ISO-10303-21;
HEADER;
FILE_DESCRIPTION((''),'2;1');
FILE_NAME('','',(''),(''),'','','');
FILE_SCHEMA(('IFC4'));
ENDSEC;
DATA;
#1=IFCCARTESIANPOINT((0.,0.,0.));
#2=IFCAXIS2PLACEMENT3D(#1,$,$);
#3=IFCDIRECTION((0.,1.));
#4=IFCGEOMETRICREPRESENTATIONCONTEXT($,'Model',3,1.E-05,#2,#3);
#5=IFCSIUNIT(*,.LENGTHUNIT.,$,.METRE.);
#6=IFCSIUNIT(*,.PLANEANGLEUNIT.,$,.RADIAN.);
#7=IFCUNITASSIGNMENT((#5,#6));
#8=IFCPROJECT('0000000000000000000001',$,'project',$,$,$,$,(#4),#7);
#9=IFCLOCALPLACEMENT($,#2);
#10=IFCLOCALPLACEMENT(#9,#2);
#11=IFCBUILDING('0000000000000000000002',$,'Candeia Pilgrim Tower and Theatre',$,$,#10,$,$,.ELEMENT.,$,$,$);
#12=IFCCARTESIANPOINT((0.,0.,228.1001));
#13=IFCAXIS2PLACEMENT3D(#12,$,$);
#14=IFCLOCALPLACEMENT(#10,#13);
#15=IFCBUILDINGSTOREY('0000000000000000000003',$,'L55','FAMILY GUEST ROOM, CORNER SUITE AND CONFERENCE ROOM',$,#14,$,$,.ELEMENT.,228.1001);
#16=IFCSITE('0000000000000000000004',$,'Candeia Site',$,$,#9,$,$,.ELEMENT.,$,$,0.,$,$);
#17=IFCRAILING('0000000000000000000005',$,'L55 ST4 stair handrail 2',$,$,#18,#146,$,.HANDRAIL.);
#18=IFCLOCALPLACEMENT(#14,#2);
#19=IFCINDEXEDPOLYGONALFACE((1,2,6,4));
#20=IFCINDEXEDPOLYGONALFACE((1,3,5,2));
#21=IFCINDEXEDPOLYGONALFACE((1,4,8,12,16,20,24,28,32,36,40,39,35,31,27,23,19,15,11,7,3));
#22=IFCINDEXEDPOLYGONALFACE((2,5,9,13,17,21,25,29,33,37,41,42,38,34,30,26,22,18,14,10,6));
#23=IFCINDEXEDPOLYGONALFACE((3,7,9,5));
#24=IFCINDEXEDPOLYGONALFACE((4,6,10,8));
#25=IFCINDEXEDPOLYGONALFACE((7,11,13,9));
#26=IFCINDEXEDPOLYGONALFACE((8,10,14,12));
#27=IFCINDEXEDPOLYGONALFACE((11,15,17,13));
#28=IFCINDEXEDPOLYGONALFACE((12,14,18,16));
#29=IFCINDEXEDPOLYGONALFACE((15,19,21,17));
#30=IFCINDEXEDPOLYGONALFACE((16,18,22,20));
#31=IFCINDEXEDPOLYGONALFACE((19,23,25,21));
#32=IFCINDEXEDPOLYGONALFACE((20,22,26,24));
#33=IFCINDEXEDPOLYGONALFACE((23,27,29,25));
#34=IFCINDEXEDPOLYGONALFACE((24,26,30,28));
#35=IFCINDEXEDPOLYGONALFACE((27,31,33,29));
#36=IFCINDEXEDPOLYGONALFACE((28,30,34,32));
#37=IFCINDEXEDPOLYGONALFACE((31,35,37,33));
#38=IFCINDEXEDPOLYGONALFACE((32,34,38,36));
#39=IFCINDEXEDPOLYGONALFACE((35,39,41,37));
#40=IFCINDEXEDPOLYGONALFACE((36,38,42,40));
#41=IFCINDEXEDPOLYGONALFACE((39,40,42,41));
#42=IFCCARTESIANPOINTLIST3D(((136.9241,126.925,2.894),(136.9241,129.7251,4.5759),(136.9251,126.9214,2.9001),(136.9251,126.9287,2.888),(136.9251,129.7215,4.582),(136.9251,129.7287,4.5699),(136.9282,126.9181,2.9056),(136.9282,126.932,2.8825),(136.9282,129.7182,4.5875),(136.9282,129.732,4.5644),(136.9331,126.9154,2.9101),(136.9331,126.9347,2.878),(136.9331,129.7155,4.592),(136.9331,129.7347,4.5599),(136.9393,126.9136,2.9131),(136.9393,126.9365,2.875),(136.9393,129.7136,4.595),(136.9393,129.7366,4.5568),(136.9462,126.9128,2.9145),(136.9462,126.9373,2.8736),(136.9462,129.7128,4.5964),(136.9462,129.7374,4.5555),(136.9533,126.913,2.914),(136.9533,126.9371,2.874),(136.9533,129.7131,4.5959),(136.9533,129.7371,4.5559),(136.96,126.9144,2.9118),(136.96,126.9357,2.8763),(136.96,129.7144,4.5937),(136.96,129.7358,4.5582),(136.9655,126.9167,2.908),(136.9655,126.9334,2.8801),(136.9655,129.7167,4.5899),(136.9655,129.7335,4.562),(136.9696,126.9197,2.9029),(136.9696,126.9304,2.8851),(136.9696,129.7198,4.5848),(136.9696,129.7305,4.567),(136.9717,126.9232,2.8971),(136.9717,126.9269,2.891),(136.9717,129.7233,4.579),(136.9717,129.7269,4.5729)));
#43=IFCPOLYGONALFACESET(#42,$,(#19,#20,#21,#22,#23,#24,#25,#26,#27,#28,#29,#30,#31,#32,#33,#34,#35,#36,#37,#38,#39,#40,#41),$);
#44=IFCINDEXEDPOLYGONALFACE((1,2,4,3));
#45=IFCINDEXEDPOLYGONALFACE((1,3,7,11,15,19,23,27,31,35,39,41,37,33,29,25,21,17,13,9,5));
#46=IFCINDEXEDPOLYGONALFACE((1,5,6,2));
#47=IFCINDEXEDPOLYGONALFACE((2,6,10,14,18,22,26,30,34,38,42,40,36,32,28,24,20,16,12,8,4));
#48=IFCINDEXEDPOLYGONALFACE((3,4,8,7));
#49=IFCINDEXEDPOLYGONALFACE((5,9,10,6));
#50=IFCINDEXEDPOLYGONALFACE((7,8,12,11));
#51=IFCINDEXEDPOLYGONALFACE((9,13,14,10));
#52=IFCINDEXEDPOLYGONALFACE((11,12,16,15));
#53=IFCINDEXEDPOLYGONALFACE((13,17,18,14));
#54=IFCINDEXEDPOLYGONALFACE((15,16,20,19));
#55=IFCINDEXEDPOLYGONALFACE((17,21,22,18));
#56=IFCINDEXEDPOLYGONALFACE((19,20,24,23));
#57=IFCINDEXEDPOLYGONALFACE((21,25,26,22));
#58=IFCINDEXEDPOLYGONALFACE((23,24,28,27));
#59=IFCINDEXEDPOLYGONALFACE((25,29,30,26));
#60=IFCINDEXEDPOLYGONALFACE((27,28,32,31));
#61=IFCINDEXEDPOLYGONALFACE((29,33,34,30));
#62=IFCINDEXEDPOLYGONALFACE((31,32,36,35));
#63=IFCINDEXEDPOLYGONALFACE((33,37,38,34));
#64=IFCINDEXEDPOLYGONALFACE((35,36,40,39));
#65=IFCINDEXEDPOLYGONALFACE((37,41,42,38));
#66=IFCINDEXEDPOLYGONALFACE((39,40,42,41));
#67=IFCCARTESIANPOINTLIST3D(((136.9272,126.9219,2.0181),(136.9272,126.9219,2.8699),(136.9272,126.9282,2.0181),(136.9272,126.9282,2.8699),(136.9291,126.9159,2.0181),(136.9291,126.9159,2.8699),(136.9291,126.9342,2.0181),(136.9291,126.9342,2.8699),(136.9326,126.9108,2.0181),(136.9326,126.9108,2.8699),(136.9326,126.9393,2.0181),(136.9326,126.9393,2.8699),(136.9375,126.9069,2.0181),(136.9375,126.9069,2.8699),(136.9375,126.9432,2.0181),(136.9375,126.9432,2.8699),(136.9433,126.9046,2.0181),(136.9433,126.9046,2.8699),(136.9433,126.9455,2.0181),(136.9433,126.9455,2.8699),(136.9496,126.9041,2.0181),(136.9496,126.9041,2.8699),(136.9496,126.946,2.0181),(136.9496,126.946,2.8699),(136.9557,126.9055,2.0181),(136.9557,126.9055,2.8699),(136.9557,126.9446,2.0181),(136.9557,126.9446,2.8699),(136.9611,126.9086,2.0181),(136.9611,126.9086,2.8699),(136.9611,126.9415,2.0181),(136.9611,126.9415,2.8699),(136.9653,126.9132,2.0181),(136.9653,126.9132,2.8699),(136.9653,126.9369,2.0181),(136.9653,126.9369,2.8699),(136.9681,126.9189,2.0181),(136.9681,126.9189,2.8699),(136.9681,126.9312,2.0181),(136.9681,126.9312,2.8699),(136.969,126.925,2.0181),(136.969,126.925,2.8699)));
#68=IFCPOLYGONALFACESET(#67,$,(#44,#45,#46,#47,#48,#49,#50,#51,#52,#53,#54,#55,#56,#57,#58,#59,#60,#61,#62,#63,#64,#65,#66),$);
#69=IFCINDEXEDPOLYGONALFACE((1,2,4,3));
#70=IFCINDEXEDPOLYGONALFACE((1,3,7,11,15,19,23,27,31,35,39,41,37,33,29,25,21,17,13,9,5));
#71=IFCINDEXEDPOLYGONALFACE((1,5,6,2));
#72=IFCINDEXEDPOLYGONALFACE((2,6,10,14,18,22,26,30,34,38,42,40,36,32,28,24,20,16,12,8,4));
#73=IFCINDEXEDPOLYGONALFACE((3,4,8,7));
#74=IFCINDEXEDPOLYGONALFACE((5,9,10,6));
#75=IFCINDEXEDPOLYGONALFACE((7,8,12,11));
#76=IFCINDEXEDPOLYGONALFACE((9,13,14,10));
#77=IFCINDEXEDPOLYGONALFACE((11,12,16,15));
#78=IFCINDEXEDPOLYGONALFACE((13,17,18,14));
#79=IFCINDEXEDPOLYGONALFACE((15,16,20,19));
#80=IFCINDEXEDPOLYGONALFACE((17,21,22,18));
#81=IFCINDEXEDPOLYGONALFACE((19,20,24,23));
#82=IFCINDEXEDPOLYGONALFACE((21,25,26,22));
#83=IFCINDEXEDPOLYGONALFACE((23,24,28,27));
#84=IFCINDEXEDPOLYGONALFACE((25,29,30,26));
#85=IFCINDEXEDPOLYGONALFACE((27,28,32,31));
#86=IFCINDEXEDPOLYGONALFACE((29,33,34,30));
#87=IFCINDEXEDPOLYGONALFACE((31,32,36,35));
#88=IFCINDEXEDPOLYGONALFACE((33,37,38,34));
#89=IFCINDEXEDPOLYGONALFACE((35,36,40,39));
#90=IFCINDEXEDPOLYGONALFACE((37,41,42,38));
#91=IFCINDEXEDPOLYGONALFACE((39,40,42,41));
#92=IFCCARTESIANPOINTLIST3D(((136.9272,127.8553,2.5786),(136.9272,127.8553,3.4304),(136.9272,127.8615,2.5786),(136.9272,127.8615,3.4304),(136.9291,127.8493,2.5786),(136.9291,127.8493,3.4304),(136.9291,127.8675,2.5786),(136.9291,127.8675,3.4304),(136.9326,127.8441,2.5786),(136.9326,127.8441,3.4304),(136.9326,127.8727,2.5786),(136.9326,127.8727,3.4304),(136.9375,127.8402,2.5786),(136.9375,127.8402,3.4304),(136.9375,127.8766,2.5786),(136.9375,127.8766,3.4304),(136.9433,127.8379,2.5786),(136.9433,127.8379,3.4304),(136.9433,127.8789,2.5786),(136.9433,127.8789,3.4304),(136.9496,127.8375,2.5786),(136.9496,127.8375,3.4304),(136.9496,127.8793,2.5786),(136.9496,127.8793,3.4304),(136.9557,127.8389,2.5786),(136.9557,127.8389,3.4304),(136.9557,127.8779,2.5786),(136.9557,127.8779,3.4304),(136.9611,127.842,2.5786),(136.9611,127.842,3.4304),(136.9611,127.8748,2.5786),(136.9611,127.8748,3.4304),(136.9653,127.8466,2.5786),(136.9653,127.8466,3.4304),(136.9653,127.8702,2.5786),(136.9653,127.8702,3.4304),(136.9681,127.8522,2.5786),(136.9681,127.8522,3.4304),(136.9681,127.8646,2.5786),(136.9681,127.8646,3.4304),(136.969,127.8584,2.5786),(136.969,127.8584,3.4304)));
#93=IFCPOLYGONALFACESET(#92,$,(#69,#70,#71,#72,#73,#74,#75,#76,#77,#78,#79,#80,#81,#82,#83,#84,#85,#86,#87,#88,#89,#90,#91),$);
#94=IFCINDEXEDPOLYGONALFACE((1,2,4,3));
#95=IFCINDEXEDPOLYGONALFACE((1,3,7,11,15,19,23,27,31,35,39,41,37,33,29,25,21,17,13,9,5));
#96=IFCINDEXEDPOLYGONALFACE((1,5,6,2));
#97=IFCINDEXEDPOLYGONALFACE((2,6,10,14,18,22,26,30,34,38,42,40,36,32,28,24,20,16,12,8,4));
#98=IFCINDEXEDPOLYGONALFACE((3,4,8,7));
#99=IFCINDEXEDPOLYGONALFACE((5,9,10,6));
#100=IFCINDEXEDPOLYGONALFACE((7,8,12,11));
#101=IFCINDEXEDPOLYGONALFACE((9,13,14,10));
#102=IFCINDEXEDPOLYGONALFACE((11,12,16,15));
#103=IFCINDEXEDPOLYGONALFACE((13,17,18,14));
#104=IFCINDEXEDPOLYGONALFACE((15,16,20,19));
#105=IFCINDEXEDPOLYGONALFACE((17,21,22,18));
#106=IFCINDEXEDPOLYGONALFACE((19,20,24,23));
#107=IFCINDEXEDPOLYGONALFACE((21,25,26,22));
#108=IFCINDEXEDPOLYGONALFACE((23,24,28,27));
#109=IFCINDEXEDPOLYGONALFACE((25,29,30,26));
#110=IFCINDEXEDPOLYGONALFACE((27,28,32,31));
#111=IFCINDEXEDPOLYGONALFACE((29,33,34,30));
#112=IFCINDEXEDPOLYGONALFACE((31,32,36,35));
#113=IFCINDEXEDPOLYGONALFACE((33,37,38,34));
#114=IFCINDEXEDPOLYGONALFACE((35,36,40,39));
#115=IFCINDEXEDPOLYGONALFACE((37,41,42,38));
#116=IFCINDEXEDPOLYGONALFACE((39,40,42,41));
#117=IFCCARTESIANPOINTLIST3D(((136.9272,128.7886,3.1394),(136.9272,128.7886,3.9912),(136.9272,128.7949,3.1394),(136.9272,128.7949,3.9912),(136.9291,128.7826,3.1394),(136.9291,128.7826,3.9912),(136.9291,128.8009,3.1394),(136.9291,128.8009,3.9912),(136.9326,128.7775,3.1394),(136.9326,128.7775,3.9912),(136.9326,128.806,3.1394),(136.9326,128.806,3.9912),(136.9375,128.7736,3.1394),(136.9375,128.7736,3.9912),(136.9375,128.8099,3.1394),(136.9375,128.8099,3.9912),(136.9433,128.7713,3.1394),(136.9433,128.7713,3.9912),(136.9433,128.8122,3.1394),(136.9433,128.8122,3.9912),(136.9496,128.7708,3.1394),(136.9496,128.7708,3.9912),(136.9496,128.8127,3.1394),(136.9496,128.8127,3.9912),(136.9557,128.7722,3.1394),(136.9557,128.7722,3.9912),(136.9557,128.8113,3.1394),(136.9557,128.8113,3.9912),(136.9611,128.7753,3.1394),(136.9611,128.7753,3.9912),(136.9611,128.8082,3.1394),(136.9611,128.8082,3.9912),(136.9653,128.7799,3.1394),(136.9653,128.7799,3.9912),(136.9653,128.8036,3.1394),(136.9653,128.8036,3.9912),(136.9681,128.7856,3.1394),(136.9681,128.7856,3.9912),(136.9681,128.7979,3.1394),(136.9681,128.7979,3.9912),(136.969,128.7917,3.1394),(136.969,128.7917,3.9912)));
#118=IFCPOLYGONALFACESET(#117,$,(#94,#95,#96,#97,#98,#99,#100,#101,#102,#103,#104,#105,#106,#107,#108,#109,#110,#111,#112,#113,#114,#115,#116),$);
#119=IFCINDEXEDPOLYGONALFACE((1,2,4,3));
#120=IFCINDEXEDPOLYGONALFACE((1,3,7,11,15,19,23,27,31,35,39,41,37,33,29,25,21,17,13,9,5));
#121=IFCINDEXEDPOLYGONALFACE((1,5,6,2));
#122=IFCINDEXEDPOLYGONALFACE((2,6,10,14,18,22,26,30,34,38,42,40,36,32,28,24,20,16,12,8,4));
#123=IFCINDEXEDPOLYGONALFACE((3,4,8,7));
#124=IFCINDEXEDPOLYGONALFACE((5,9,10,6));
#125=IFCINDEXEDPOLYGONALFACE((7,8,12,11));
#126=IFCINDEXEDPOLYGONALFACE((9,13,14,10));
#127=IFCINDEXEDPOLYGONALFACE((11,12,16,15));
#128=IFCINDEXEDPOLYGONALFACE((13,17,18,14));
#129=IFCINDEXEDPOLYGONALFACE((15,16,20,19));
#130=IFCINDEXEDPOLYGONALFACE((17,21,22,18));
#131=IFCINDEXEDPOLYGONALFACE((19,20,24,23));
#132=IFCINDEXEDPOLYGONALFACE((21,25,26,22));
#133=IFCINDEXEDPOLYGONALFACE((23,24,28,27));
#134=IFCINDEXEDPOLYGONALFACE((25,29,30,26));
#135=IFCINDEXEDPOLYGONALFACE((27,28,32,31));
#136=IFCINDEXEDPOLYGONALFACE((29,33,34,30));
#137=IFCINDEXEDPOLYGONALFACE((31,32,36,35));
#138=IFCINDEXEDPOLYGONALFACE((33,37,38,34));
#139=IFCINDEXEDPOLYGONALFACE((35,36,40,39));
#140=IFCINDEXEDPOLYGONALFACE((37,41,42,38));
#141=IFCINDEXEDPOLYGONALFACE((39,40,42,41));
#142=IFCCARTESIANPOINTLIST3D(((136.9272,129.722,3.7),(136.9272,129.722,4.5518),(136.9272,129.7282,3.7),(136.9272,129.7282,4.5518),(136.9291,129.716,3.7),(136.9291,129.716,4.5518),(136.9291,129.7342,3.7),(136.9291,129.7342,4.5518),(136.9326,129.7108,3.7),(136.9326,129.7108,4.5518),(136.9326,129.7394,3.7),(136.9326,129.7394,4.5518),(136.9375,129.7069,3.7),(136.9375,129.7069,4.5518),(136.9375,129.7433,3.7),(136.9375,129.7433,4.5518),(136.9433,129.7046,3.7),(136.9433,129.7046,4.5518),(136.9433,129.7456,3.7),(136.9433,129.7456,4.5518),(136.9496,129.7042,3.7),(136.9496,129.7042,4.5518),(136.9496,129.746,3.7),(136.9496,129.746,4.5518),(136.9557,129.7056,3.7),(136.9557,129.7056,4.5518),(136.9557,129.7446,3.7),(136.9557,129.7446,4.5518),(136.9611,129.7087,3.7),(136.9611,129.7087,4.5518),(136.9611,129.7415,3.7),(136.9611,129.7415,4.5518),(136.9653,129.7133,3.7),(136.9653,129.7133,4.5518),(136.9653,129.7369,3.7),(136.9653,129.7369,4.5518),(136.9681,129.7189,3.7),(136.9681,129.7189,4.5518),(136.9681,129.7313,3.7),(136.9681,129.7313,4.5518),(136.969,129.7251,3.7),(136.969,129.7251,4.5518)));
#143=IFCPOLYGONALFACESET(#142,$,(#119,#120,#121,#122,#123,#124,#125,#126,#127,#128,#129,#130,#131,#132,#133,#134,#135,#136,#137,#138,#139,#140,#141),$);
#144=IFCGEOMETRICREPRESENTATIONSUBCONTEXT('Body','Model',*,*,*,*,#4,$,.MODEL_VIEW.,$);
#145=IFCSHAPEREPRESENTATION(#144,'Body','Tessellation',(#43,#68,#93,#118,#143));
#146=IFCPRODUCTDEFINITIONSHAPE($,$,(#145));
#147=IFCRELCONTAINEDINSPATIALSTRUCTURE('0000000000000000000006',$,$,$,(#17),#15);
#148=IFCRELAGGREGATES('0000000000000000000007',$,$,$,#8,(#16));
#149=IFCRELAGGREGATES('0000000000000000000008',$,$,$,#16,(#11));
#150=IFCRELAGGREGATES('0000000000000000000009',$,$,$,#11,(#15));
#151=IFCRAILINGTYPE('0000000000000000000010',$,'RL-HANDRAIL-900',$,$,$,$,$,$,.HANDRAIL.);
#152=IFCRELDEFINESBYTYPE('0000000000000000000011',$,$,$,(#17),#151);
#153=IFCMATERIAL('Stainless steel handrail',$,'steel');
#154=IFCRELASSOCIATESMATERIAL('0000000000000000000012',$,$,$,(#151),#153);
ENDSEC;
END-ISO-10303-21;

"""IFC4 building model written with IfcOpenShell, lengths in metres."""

from ifc_helpers import new_model, si_unit, direction, frame, origin, origin_2d, place, context, subcontext, project, spatial, circle, extrude, material, type_object, element, save


model = new_model("IFC4")

# Units and contexts
model_context = context("Model", 3, precision=1e-05, world=origin(), true_north=direction((0.0, 1.0)))
body_context = subcontext(model_context, "Body", "Model", "MODEL_VIEW")
ifc_project = project(units=[si_unit("LENGTHUNIT", "METRE"), si_unit("PLANEANGLEUNIT", "RADIAN")], contexts=[model_context])

# Site, building, storey
site_placement = place(None, origin())
site = spatial("IfcSite", under=ifc_project, at=site_placement, Name="Candeia Site", CompositionType="ELEMENT", RefElevation=0.0)
building_placement = place(site_placement, origin())
building = spatial("IfcBuilding", under=site, at=building_placement, Name="Candeia Pilgrim Tower and Theatre", CompositionType="ELEMENT")
storey_placement = place(building_placement, frame((0.0, 0.0, 228.1001)))
storey = spatial("IfcBuildingStorey", under=building, at=storey_placement, Name="L55", Description="FAMILY GUEST ROOM, CORNER SUITE AND CONFERENCE ROOM", CompositionType="ELEMENT", Elevation=228.1001)

# Railing
ifc_material_1 = material(Name="Stainless steel handrail", Category="steel")
railing_type_1 = type_object("IfcRailingType", Name="RL-HANDRAIL-900", PredefinedType="HANDRAIL", material=ifc_material_1)
railing_1_placement = place(storey_placement, frame((136.948, 126.925, 2.0181)))
element("IfcRailing", 1, at=railing_1_placement, inside=storey, type_object=railing_type_1, Name="L55 ST4 stair handrail 2", PredefinedType="HANDRAIL", context=body_context, shape_type="SweptSolid", body=[
    extrude(circle(Radius=0.0239, at=origin_2d()), frame((0.0, 0.0, 0.876), z_axis=(0.0, 0.857242, 0.514913), x_axis=(-1.0, 0.0, 0.0)), (0.0, 0.0, 1.0), 3.2664),
    extrude(circle(Radius=0.021, at=origin_2d()), origin(), (0.0, 0.0, 1.0), 0.8518),
    extrude(circle(Radius=0.021, at=origin_2d()), frame((0.0, 0.9333, 0.5605)), (0.0, 0.0, 1.0), 0.8518),
    extrude(circle(Radius=0.021, at=origin_2d()), frame((0.0, 1.8667, 1.1213)), (0.0, 0.0, 1.0), 0.8518),
    extrude(circle(Radius=0.021, at=origin_2d()), frame((0.0, 2.8, 1.6819)), (0.0, 0.0, 1.0), 0.8518),
])

save(model, "model.ifc")
